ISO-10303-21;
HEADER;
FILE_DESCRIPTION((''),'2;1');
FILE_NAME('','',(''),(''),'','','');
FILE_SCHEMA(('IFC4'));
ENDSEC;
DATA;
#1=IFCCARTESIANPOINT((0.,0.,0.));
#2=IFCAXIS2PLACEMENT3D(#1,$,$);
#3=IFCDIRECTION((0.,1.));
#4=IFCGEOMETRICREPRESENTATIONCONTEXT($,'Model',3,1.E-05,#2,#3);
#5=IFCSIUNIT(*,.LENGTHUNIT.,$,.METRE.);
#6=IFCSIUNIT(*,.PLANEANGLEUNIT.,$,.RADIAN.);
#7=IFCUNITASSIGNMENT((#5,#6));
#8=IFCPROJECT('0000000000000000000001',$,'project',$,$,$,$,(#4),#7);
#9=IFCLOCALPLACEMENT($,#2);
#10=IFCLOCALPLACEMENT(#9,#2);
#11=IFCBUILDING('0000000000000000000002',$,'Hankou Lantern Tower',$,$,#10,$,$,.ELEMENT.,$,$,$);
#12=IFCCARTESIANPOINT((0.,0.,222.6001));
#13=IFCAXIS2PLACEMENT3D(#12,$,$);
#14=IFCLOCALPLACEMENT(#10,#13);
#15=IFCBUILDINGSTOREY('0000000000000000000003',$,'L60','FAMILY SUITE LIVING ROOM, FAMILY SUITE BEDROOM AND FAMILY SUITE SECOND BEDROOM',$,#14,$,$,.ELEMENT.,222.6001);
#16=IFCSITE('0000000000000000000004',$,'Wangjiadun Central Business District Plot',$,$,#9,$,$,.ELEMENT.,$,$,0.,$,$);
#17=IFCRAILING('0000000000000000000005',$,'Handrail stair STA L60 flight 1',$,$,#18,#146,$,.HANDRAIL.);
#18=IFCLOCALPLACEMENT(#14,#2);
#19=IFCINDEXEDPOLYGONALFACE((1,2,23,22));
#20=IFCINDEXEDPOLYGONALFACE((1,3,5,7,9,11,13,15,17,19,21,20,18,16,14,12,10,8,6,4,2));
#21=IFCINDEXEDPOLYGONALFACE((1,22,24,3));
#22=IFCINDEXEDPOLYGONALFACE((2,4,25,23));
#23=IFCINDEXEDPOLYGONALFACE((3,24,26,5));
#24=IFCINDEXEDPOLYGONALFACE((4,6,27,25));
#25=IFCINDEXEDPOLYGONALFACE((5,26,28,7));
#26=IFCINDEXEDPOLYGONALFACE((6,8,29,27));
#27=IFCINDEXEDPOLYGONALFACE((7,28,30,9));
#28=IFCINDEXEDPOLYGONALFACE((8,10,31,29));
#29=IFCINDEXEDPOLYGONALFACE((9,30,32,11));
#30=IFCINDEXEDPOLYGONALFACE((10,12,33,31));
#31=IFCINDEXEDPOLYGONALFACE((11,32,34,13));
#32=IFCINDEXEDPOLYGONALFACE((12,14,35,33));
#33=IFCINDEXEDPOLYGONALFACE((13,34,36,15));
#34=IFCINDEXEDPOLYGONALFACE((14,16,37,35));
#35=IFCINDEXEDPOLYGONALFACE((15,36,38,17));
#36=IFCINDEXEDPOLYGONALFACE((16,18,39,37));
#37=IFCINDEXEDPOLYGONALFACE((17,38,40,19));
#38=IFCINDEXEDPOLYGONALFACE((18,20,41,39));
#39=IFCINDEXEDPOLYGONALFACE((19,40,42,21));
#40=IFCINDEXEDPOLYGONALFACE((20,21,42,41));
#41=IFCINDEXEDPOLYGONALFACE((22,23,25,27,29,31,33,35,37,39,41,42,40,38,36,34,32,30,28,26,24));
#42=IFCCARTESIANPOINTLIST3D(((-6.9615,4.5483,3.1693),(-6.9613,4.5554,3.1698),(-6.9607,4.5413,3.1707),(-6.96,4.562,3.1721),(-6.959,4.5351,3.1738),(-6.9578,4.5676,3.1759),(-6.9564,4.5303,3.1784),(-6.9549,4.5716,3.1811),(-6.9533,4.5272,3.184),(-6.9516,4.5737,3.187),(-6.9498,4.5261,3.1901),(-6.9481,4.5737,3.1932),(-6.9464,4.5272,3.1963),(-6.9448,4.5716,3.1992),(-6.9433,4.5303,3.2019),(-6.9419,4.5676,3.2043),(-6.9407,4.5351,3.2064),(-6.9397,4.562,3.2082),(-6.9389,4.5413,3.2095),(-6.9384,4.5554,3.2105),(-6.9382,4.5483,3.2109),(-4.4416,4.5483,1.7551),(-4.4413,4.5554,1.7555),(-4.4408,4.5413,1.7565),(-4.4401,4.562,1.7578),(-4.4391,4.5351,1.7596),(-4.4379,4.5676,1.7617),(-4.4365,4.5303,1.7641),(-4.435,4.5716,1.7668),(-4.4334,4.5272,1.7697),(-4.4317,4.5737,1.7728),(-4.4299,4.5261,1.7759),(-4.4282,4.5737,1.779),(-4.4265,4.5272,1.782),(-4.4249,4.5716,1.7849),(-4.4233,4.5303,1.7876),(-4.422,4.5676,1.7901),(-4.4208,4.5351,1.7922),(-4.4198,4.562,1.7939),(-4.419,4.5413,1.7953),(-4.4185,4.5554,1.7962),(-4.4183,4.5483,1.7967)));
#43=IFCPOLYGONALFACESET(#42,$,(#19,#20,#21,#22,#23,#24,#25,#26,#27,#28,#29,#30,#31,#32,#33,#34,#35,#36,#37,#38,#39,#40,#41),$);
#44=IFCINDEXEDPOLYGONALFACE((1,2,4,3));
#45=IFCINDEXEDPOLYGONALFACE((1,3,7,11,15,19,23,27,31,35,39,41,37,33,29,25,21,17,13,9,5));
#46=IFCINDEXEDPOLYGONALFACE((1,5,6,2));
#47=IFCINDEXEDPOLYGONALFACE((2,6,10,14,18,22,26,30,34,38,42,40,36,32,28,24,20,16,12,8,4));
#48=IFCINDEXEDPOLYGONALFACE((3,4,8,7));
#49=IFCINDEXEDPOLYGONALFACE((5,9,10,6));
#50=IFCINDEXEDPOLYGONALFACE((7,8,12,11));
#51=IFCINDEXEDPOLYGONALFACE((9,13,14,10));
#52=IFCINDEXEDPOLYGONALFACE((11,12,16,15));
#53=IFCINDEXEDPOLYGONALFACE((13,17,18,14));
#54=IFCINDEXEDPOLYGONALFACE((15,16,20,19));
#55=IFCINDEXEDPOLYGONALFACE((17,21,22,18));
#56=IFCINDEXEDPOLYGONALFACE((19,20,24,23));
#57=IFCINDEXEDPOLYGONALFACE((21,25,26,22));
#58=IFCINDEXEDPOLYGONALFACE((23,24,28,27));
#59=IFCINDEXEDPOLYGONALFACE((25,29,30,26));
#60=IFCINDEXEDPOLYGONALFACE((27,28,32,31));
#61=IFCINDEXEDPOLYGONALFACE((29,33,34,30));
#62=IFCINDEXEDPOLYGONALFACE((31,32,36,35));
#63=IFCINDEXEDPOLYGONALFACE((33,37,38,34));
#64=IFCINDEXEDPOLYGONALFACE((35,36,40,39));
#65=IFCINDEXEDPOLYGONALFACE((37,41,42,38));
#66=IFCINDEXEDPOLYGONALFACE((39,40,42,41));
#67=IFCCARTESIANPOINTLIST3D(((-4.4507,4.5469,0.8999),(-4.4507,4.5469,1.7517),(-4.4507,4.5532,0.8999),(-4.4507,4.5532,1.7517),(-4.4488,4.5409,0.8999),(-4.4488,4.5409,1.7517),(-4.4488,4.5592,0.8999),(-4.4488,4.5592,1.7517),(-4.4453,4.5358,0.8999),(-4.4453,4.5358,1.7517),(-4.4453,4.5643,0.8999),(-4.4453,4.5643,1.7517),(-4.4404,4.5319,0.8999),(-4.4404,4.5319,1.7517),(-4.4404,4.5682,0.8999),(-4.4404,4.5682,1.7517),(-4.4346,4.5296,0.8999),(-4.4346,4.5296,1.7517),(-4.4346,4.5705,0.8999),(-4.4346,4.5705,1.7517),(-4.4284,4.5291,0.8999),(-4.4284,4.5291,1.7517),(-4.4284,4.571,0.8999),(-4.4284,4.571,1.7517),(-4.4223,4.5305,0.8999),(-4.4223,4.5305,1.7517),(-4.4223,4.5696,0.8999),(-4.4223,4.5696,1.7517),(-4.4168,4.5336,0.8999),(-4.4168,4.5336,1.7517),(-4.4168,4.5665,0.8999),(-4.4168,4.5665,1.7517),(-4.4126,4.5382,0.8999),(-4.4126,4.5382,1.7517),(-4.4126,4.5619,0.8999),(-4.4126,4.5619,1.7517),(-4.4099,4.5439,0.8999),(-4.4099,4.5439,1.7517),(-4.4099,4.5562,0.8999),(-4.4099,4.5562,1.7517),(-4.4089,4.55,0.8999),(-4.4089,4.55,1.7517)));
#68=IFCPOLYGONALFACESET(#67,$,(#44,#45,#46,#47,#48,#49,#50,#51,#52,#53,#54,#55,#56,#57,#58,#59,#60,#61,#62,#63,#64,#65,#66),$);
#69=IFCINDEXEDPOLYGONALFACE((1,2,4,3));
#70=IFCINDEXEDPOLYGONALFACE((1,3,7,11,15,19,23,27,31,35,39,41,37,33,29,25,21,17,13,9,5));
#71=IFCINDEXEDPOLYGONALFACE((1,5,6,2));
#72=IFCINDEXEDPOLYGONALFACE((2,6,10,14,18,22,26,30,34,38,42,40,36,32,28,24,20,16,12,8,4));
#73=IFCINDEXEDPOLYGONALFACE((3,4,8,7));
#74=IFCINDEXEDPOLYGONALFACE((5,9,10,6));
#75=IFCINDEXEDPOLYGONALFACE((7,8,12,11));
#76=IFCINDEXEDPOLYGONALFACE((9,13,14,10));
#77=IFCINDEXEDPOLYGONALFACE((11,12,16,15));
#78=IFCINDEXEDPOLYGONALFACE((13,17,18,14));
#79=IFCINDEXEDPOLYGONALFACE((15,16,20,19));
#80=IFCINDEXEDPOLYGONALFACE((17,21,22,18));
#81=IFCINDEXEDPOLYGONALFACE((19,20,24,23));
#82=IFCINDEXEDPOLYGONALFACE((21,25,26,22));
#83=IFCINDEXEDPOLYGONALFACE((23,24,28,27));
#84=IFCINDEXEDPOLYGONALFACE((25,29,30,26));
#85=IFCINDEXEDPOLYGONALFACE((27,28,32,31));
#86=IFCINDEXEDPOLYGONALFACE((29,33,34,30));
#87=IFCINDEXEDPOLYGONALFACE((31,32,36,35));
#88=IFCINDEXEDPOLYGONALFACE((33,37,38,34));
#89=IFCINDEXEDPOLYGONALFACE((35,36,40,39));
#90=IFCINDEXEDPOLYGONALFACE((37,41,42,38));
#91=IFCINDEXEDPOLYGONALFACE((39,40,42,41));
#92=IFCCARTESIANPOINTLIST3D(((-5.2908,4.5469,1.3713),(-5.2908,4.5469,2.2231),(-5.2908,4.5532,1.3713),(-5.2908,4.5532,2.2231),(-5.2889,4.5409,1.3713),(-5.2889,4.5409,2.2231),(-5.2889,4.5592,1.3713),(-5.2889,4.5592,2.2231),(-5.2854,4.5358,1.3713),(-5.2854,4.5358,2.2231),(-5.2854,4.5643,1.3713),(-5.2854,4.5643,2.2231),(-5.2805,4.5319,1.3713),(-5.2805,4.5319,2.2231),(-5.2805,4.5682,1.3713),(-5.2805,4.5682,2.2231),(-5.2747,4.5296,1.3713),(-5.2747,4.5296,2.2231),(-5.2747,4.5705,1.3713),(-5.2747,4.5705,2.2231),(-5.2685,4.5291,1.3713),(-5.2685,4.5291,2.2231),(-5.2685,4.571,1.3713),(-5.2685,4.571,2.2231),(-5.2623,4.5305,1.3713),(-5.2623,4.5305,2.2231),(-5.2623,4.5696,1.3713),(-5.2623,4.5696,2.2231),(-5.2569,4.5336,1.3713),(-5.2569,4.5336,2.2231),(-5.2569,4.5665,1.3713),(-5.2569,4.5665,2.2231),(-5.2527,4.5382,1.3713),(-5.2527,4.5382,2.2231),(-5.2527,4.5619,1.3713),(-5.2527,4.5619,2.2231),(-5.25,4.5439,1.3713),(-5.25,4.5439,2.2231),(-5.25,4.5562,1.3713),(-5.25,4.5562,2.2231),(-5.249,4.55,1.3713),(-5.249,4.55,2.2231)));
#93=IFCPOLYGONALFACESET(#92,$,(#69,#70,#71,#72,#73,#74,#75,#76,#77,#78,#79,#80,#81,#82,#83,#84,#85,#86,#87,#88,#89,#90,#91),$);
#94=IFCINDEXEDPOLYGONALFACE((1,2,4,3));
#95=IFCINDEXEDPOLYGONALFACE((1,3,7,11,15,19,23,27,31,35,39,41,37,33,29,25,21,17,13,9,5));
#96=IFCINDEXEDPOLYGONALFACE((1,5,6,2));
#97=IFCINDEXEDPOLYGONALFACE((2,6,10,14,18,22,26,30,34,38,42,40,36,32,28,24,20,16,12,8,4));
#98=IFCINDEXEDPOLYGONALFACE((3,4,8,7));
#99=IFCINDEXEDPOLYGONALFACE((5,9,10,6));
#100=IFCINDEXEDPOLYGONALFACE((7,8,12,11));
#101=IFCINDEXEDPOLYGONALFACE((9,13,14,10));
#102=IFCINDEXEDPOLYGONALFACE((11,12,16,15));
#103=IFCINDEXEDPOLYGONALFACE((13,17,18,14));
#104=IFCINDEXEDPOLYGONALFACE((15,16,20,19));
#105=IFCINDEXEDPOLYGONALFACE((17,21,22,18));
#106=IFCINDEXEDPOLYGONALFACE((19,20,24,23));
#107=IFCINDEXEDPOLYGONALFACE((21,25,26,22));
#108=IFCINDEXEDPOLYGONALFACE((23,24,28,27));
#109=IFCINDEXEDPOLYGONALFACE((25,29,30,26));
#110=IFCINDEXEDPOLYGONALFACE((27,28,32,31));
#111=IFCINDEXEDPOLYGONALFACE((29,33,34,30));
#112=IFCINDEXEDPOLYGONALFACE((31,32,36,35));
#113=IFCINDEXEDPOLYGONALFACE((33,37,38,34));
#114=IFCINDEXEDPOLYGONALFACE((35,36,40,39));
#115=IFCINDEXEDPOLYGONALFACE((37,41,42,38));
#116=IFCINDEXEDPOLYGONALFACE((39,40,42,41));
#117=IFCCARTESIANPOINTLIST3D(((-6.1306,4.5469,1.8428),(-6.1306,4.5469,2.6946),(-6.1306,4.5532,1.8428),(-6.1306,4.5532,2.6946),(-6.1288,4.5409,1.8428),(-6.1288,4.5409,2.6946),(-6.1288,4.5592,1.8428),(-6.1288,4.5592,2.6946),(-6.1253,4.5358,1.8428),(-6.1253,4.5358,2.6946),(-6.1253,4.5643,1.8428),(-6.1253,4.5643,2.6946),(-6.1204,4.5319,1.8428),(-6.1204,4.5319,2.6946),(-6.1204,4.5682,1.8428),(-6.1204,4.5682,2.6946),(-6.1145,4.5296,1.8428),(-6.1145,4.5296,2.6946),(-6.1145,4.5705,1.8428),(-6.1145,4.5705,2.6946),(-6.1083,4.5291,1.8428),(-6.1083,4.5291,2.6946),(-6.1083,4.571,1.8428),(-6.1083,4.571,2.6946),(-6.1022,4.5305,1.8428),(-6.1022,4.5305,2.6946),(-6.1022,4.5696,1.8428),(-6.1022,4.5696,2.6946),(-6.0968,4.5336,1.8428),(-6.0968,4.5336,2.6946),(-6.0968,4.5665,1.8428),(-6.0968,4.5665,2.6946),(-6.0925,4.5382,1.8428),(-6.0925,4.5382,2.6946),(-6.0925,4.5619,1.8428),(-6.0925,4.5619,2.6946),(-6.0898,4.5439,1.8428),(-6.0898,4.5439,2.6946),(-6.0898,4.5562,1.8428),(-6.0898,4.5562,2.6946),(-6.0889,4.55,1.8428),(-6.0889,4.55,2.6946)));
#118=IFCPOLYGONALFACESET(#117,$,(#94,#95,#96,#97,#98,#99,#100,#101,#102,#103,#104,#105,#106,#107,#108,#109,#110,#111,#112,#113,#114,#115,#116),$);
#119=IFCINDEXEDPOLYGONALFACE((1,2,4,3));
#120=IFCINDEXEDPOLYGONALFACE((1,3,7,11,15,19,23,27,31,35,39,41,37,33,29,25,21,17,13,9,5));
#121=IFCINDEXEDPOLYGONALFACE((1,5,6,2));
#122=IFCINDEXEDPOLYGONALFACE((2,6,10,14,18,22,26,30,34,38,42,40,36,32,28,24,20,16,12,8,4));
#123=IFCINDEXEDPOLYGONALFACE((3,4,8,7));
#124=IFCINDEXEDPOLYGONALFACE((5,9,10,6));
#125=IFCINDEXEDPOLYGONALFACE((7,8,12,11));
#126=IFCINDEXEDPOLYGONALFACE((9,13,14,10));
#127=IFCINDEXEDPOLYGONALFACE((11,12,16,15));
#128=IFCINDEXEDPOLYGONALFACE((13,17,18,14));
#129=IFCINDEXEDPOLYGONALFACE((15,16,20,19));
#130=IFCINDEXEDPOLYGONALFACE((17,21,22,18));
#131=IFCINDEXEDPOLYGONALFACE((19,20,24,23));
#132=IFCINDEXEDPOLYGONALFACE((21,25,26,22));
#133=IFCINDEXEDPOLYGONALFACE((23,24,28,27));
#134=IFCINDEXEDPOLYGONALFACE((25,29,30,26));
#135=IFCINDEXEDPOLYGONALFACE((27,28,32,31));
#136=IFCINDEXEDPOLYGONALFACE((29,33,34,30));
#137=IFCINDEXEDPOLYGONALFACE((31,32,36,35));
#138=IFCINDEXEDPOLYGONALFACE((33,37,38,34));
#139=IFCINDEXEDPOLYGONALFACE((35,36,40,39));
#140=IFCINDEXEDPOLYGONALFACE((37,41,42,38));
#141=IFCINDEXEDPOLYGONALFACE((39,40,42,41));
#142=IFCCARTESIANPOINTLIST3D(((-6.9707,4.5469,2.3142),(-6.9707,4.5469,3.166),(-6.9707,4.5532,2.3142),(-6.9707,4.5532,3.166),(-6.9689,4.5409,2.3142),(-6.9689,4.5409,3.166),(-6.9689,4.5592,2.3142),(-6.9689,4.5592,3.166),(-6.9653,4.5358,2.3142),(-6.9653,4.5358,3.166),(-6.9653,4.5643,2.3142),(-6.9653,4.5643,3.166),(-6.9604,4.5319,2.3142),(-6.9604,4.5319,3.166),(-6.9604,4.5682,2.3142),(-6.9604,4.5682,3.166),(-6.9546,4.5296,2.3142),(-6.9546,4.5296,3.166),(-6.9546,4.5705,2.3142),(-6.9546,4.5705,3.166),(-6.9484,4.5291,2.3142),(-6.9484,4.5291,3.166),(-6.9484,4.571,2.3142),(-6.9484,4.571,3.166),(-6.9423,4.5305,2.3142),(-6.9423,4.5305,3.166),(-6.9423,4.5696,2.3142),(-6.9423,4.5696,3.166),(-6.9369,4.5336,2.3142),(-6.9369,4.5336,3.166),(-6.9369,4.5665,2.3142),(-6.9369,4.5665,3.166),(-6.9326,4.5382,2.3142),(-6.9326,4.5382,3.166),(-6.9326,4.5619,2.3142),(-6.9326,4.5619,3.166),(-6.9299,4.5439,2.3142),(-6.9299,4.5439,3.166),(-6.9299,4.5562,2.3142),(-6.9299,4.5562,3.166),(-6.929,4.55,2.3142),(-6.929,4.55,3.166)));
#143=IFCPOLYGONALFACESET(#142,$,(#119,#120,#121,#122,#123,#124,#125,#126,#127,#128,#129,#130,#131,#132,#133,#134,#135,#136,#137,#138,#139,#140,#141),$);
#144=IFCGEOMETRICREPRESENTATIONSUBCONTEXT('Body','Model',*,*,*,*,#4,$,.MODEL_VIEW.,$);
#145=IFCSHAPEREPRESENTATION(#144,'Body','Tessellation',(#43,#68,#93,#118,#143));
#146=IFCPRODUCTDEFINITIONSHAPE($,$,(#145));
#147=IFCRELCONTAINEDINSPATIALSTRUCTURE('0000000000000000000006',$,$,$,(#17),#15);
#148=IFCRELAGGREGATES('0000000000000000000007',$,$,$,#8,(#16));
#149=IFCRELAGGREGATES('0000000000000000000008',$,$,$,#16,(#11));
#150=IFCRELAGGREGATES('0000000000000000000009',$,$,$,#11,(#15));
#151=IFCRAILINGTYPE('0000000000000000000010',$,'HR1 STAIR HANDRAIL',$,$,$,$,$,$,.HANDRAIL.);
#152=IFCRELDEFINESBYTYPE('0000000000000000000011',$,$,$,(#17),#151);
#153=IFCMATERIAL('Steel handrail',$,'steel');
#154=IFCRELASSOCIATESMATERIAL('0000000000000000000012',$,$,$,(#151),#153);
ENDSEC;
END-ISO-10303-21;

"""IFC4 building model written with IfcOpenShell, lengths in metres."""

from ifc_helpers import new_model, si_unit, direction, frame, origin, origin_2d, place, context, subcontext, project, spatial, circle, extrude, material, type_object, element, save


model = new_model("IFC4")

# Units and contexts
model_context = context("Model", 3, precision=1e-05, world=origin(), true_north=direction((0.0, 1.0)))
body_context = subcontext(model_context, "Body", "Model", "MODEL_VIEW")
ifc_project = project(units=[si_unit("LENGTHUNIT", "METRE"), si_unit("PLANEANGLEUNIT", "RADIAN")], contexts=[model_context])

# Site, building, storey
site_placement = place(None, origin())
site = spatial("IfcSite", under=ifc_project, at=site_placement, Name="Wangjiadun Central Business District Plot", CompositionType="ELEMENT", RefElevation=0.0)
building_placement = place(site_placement, origin())
building = spatial("IfcBuilding", under=site, at=building_placement, Name="Hankou Lantern Tower", CompositionType="ELEMENT")
storey_placement = place(building_placement, frame((0.0, 0.0, 222.6001)))
storey = spatial("IfcBuildingStorey", under=building, at=storey_placement, Name="L60", Description="FAMILY SUITE LIVING ROOM, FAMILY SUITE BEDROOM AND FAMILY SUITE SECOND BEDROOM", CompositionType="ELEMENT", Elevation=222.6001)

# Railing
ifc_material_1 = material(Name="Steel handrail", Category="steel")
railing_type = type_object("IfcRailingType", Name="HR1 STAIR HANDRAIL", PredefinedType="HANDRAIL", material=ifc_material_1)
railing_1_placement = place(storey_placement, frame((-4.4299, 4.55, 0.8999)))
element("IfcRailing", 1, at=railing_1_placement, inside=storey, type_object=railing_type, Name="Handrail stair STA L60 flight 1", PredefinedType="HANDRAIL", context=body_context, shape_type="SweptSolid", body=[
    extrude(circle(Radius=0.0239, at=origin_2d()), frame((0.0, 0.0, 0.876), z_axis=(-0.872049, 0.0, 0.489419), x_axis=(0.0, -1.0, 0.0)), (0.0, 0.0, 1.0), 2.8896),
    extrude(circle(Radius=0.021, at=origin_2d()), origin(), (0.0, 0.0, 1.0), 0.8518),
    extrude(circle(Radius=0.021, at=origin_2d()), frame((-0.8401, 0.0, 0.4714)), (0.0, 0.0, 1.0), 0.8518),
    extrude(circle(Radius=0.021, at=origin_2d()), frame((-1.6799, 0.0, 0.9429)), (0.0, 0.0, 1.0), 0.8518),
    extrude(circle(Radius=0.021, at=origin_2d()), frame((-2.52, 0.0, 1.4143)), (0.0, 0.0, 1.0), 0.8518),
])

save(model, "model.ifc")
